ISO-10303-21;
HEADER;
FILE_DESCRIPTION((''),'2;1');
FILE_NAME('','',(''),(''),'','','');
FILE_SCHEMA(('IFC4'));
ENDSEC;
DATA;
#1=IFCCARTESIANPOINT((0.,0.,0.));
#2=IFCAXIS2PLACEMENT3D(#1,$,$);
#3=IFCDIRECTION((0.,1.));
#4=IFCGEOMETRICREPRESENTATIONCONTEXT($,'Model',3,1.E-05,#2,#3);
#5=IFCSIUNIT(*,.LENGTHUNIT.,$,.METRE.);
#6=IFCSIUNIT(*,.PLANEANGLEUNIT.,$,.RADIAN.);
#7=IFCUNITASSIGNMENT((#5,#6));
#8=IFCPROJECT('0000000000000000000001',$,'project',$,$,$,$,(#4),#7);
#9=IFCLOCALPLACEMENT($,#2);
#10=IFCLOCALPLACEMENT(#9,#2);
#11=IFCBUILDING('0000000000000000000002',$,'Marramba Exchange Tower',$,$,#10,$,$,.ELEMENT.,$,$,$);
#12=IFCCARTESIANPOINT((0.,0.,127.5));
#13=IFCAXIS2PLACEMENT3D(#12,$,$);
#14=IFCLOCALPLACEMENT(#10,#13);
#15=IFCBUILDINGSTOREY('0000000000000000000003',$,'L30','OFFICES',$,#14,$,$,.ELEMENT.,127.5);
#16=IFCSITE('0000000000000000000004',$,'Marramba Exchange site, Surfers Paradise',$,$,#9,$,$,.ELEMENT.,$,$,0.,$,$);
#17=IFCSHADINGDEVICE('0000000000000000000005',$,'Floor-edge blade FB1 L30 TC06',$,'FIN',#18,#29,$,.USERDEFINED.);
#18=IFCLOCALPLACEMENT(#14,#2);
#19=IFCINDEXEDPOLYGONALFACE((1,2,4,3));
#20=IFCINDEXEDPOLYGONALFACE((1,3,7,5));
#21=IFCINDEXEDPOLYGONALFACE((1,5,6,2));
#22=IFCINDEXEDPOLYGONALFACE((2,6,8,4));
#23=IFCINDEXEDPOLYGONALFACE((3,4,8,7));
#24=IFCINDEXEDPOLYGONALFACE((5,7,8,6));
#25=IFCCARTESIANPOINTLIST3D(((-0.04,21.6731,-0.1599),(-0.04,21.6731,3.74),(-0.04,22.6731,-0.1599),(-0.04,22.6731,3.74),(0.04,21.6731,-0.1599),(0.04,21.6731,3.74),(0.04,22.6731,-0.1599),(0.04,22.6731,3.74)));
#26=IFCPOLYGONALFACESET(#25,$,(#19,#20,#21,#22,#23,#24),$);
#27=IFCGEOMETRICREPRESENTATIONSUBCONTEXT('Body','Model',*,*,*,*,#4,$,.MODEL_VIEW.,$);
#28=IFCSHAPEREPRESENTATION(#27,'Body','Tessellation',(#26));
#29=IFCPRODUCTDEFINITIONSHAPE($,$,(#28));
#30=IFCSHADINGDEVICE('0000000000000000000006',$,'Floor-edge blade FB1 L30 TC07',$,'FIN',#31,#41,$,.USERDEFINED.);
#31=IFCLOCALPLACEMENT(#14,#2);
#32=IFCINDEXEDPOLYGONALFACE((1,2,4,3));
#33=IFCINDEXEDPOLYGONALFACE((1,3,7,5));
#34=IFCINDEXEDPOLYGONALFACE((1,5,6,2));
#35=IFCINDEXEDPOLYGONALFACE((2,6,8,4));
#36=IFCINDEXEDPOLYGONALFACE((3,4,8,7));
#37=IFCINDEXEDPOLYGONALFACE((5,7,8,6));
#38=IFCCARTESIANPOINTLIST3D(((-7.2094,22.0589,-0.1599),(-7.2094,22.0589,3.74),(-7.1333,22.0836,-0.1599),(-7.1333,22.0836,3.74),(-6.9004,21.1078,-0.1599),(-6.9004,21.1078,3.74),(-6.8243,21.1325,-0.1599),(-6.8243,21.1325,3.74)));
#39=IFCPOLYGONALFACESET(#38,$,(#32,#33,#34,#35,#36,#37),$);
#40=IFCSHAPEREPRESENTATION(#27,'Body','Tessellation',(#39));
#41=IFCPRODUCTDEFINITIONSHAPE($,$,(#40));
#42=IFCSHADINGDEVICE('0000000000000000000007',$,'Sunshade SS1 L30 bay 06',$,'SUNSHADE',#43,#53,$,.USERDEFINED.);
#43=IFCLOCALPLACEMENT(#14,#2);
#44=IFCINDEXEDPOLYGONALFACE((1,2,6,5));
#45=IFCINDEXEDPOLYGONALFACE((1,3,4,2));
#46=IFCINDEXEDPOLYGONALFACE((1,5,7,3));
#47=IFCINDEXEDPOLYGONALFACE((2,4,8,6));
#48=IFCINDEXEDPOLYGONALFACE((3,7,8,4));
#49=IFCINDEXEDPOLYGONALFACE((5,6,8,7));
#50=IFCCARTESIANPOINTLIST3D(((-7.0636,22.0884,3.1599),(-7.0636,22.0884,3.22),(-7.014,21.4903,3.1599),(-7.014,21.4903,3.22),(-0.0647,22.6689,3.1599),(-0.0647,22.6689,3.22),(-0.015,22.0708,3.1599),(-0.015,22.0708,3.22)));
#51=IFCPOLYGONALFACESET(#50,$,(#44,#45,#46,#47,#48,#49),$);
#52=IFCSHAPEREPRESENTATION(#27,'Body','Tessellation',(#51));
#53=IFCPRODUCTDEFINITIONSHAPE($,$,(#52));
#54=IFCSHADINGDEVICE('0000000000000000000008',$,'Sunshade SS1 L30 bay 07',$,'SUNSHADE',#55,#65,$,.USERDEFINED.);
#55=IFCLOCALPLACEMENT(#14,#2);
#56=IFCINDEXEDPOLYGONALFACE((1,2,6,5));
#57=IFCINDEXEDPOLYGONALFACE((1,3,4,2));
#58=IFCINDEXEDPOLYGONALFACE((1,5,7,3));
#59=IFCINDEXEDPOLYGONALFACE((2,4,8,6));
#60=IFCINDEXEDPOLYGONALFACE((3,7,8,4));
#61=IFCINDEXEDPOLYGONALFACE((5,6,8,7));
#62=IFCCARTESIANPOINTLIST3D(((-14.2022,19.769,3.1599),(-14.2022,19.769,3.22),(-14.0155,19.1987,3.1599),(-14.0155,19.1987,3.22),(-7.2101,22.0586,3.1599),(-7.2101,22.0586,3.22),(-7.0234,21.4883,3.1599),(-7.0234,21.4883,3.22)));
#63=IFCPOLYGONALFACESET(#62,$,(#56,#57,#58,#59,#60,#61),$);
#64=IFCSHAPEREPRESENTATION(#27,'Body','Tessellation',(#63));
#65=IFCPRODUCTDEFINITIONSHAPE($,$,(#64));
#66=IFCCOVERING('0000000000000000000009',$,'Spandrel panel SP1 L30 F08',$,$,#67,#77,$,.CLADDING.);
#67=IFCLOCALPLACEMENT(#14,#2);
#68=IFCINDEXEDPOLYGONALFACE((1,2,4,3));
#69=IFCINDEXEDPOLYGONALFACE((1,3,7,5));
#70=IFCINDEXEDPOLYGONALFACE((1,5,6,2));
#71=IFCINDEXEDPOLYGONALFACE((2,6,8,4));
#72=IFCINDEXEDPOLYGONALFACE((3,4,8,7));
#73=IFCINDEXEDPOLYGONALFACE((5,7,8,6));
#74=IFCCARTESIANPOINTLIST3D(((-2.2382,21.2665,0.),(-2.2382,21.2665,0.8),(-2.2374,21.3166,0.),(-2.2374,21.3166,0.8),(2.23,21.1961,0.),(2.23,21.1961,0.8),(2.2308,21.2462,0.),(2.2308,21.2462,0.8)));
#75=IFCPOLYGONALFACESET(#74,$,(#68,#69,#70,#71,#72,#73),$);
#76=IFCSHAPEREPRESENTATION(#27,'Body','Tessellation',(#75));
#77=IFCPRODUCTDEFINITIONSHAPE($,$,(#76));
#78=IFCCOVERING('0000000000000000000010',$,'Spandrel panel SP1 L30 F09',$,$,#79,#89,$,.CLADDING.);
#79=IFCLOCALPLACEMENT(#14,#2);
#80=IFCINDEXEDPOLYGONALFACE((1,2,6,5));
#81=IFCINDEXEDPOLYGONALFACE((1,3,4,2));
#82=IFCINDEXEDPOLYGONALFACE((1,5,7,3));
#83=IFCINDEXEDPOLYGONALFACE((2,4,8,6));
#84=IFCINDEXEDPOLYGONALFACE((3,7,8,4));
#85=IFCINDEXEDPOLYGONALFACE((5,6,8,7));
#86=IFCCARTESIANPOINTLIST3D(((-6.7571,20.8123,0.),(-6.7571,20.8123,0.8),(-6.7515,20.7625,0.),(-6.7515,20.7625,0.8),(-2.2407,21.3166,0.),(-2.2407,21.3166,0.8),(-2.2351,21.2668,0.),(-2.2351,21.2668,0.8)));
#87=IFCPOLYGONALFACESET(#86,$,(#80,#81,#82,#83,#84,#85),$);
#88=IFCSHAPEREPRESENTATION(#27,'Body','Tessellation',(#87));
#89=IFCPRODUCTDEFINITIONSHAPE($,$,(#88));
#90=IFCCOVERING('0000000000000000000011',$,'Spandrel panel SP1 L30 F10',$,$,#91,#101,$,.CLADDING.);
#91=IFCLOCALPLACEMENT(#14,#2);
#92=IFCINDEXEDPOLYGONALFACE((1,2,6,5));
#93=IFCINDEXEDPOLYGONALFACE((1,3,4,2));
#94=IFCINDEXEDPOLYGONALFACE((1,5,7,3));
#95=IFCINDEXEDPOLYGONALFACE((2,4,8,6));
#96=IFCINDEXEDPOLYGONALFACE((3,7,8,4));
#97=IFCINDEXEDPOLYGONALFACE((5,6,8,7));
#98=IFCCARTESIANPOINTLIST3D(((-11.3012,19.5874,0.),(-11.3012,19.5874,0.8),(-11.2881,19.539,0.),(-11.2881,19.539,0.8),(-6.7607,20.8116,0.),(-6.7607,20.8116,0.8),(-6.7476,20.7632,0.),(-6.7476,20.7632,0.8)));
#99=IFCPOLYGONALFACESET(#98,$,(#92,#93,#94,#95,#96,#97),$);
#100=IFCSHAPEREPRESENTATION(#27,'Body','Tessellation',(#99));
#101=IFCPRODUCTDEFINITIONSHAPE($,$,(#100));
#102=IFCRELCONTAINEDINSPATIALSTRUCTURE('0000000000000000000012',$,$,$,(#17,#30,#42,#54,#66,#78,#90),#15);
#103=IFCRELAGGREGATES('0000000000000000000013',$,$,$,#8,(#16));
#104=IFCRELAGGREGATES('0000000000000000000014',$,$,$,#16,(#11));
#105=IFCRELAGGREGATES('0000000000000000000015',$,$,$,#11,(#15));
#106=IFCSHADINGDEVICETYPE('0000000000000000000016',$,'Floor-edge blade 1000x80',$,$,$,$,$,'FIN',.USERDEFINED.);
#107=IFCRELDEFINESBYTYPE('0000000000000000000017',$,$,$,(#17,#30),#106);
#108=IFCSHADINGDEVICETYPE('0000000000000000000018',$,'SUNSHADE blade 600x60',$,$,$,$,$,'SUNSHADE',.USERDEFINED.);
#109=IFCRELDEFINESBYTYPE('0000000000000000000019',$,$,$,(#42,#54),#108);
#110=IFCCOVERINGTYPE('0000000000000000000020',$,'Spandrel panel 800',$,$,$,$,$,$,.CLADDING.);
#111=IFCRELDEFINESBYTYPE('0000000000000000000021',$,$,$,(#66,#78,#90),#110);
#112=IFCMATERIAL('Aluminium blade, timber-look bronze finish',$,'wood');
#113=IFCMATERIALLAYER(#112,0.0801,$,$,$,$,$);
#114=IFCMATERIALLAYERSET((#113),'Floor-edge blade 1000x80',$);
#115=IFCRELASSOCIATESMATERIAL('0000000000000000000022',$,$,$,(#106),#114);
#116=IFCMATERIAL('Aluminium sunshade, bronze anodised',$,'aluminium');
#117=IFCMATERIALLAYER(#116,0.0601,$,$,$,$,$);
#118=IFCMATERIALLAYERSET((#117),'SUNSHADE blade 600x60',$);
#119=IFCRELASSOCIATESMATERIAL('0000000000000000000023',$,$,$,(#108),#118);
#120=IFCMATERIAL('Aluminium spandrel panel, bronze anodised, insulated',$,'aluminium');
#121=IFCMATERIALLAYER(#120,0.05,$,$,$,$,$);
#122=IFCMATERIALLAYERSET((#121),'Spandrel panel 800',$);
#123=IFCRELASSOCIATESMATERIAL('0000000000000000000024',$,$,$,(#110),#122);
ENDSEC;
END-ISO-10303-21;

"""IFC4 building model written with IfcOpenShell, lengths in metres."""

from ifc_helpers import new_model, si_unit, direction, frame, origin, origin_2d, place, context, subcontext, project, spatial, rectangle, extrude, material, layer, layer_set, type_object, element, save


model = new_model("IFC4")

# Units and contexts
model_context = context("Model", 3, precision=1e-05, world=origin(), true_north=direction((0.0, 1.0)))
body_context = subcontext(model_context, "Body", "Model", "MODEL_VIEW")
ifc_project = project(units=[si_unit("LENGTHUNIT", "METRE"), si_unit("PLANEANGLEUNIT", "RADIAN")], contexts=[model_context])

# Site, building, storey
site_placement = place(None, origin())
site = spatial("IfcSite", under=ifc_project, at=site_placement, Name="Marramba Exchange site, Surfers Paradise", CompositionType="ELEMENT", RefElevation=0.0)
building_placement = place(site_placement, origin())
building = spatial("IfcBuilding", under=site, at=building_placement, Name="Marramba Exchange Tower", CompositionType="ELEMENT")
storey_placement = place(building_placement, frame((0.0, 0.0, 127.5)))
storey = spatial("IfcBuildingStorey", under=building, at=storey_placement, Name="L30", Description="OFFICES", CompositionType="ELEMENT", Elevation=127.5)

# Shading devices
ifc_material_1 = material(Name="Aluminium blade, timber-look bronze finish", Category="wood")
ifc_layer_1 = layer(ifc_material_1, 0.0801)
ifc_layer_set_1 = layer_set([ifc_layer_1], Name="Floor-edge blade 1000x80")
shading_device_type_1 = type_object("IfcShadingDeviceType", Name="Floor-edge blade 1000x80", ElementType="FIN", PredefinedType="USERDEFINED", material=ifc_layer_set_1)
for number, where, z_axis, x_axis, name in (
    (1, (0.0, 22.1731, -0.1599), (0.0, 0.0, 1.0), (0.0, 1.0, 0.0), "Floor-edge blade FB1 L30 TC06"),
    (2, (-7.0168, 21.5957, -0.1599), (0.0, 0.0, 1.0), (-0.309017, 0.951057, 0.0), "Floor-edge blade FB1 L30 TC07"),
):
    element("IfcShadingDevice", number, at=place(storey_placement, frame(where, z_axis=z_axis, x_axis=x_axis)), inside=storey, type_object=shading_device_type_1, Name=name, ObjectType="FIN", PredefinedType="USERDEFINED", context=body_context, shape_type="SweptSolid", body=[
        extrude(rectangle(XDim=1.0, YDim=0.0801, at=origin_2d()), origin(), (0.0, 0.0, 1.0), 3.8999),
    ])
ifc_material_2 = material(Name="Aluminium sunshade, bronze anodised", Category="aluminium")
ifc_layer_2 = layer(ifc_material_2, 0.0601)
ifc_layer_set_2 = layer_set([ifc_layer_2], Name="SUNSHADE blade 600x60")
shading_device_type_2 = type_object("IfcShadingDeviceType", Name="SUNSHADE blade 600x60", ElementType="SUNSHADE", PredefinedType="USERDEFINED", material=ifc_layer_set_2)
shading_device_1_placement = place(storey_placement, frame((-3.5393, 22.0796, 3.1599), z_axis=(0.0, 0.0, 1.0), x_axis=(-0.996578, -0.08266, 0.0)))
element("IfcShadingDevice", 3, at=shading_device_1_placement, inside=storey, type_object=shading_device_type_2, Name="Sunshade SS1 L30 bay 06", ObjectType="SUNSHADE", PredefinedType="USERDEFINED", context=body_context, shape_type="SweptSolid", body=[
    extrude(rectangle(XDim=7.0229, YDim=0.6001, at=origin_2d()), origin(), (0.0, 0.0, 1.0), 0.0601),
])
shading_device_2_placement = place(storey_placement, frame((-10.6128, 20.6287, 3.1599), z_axis=(0.0, 0.0, 1.0), x_axis=(-0.950346, -0.311196, 0.0)))
element("IfcShadingDevice", 4, at=shading_device_2_placement, inside=storey, type_object=shading_device_type_2, Name="Sunshade SS1 L30 bay 07", ObjectType="SUNSHADE", PredefinedType="USERDEFINED", context=body_context, shape_type="SweptSolid", body=[
    extrude(rectangle(XDim=7.3574, YDim=0.6001, at=origin_2d()), origin(), (0.0, 0.0, 1.0), 0.0601),
])

# Coverings
ifc_material_3 = material(Name="Aluminium spandrel panel, bronze anodised, insulated", Category="aluminium")
ifc_layer_3 = layer(ifc_material_3, 0.05)
ifc_layer_set_3 = layer_set([ifc_layer_3], Name="Spandrel panel 800")
covering_type = type_object("IfcCoveringType", Name="Spandrel panel 800", PredefinedType="CLADDING", material=ifc_layer_set_3)
covering_1_placement = place(storey_placement, frame((-0.0037, 21.2563, 0.0), z_axis=(0.0, 0.0, 1.0), x_axis=(-0.999876, 0.015756, 0.0)))
element("IfcCovering", 5, at=covering_1_placement, inside=storey, type_object=covering_type, Name="Spandrel panel SP1 L30 F08", PredefinedType="CLADDING", context=body_context, shape_type="SweptSolid", body=[
    extrude(rectangle(XDim=4.4688, YDim=0.05, at=origin_2d()), origin(), (0.0, 0.0, 1.0), 0.8),
])
covering_2_placement = place(storey_placement, frame((-4.4961, 21.0396, 0.0), z_axis=(0.0, 0.0, 1.0), x_axis=(-0.993823, -0.110973, 0.0)))
element("IfcCovering", 6, at=covering_2_placement, inside=storey, type_object=covering_type, Name="Spandrel panel SP1 L30 F09", PredefinedType="CLADDING", context=body_context, shape_type="SweptSolid", body=[
    extrude(rectangle(XDim=4.5444, YDim=0.05, at=origin_2d()), origin(), (0.0, 0.0, 1.0), 0.8),
])
covering_3_placement = place(storey_placement, frame((-9.0244, 20.1753, 0.0), z_axis=(0.0, 0.0, 1.0), x_axis=(-0.965522, -0.260321, 0.0)))
element("IfcCovering", 7, at=covering_3_placement, inside=storey, type_object=covering_type, Name="Spandrel panel SP1 L30 F10", PredefinedType="CLADDING", context=body_context, shape_type="SweptSolid", body=[
    extrude(rectangle(XDim=4.7026, YDim=0.05, at=origin_2d()), origin(), (0.0, 0.0, 1.0), 0.8),
])

save(model, "model.ifc")
